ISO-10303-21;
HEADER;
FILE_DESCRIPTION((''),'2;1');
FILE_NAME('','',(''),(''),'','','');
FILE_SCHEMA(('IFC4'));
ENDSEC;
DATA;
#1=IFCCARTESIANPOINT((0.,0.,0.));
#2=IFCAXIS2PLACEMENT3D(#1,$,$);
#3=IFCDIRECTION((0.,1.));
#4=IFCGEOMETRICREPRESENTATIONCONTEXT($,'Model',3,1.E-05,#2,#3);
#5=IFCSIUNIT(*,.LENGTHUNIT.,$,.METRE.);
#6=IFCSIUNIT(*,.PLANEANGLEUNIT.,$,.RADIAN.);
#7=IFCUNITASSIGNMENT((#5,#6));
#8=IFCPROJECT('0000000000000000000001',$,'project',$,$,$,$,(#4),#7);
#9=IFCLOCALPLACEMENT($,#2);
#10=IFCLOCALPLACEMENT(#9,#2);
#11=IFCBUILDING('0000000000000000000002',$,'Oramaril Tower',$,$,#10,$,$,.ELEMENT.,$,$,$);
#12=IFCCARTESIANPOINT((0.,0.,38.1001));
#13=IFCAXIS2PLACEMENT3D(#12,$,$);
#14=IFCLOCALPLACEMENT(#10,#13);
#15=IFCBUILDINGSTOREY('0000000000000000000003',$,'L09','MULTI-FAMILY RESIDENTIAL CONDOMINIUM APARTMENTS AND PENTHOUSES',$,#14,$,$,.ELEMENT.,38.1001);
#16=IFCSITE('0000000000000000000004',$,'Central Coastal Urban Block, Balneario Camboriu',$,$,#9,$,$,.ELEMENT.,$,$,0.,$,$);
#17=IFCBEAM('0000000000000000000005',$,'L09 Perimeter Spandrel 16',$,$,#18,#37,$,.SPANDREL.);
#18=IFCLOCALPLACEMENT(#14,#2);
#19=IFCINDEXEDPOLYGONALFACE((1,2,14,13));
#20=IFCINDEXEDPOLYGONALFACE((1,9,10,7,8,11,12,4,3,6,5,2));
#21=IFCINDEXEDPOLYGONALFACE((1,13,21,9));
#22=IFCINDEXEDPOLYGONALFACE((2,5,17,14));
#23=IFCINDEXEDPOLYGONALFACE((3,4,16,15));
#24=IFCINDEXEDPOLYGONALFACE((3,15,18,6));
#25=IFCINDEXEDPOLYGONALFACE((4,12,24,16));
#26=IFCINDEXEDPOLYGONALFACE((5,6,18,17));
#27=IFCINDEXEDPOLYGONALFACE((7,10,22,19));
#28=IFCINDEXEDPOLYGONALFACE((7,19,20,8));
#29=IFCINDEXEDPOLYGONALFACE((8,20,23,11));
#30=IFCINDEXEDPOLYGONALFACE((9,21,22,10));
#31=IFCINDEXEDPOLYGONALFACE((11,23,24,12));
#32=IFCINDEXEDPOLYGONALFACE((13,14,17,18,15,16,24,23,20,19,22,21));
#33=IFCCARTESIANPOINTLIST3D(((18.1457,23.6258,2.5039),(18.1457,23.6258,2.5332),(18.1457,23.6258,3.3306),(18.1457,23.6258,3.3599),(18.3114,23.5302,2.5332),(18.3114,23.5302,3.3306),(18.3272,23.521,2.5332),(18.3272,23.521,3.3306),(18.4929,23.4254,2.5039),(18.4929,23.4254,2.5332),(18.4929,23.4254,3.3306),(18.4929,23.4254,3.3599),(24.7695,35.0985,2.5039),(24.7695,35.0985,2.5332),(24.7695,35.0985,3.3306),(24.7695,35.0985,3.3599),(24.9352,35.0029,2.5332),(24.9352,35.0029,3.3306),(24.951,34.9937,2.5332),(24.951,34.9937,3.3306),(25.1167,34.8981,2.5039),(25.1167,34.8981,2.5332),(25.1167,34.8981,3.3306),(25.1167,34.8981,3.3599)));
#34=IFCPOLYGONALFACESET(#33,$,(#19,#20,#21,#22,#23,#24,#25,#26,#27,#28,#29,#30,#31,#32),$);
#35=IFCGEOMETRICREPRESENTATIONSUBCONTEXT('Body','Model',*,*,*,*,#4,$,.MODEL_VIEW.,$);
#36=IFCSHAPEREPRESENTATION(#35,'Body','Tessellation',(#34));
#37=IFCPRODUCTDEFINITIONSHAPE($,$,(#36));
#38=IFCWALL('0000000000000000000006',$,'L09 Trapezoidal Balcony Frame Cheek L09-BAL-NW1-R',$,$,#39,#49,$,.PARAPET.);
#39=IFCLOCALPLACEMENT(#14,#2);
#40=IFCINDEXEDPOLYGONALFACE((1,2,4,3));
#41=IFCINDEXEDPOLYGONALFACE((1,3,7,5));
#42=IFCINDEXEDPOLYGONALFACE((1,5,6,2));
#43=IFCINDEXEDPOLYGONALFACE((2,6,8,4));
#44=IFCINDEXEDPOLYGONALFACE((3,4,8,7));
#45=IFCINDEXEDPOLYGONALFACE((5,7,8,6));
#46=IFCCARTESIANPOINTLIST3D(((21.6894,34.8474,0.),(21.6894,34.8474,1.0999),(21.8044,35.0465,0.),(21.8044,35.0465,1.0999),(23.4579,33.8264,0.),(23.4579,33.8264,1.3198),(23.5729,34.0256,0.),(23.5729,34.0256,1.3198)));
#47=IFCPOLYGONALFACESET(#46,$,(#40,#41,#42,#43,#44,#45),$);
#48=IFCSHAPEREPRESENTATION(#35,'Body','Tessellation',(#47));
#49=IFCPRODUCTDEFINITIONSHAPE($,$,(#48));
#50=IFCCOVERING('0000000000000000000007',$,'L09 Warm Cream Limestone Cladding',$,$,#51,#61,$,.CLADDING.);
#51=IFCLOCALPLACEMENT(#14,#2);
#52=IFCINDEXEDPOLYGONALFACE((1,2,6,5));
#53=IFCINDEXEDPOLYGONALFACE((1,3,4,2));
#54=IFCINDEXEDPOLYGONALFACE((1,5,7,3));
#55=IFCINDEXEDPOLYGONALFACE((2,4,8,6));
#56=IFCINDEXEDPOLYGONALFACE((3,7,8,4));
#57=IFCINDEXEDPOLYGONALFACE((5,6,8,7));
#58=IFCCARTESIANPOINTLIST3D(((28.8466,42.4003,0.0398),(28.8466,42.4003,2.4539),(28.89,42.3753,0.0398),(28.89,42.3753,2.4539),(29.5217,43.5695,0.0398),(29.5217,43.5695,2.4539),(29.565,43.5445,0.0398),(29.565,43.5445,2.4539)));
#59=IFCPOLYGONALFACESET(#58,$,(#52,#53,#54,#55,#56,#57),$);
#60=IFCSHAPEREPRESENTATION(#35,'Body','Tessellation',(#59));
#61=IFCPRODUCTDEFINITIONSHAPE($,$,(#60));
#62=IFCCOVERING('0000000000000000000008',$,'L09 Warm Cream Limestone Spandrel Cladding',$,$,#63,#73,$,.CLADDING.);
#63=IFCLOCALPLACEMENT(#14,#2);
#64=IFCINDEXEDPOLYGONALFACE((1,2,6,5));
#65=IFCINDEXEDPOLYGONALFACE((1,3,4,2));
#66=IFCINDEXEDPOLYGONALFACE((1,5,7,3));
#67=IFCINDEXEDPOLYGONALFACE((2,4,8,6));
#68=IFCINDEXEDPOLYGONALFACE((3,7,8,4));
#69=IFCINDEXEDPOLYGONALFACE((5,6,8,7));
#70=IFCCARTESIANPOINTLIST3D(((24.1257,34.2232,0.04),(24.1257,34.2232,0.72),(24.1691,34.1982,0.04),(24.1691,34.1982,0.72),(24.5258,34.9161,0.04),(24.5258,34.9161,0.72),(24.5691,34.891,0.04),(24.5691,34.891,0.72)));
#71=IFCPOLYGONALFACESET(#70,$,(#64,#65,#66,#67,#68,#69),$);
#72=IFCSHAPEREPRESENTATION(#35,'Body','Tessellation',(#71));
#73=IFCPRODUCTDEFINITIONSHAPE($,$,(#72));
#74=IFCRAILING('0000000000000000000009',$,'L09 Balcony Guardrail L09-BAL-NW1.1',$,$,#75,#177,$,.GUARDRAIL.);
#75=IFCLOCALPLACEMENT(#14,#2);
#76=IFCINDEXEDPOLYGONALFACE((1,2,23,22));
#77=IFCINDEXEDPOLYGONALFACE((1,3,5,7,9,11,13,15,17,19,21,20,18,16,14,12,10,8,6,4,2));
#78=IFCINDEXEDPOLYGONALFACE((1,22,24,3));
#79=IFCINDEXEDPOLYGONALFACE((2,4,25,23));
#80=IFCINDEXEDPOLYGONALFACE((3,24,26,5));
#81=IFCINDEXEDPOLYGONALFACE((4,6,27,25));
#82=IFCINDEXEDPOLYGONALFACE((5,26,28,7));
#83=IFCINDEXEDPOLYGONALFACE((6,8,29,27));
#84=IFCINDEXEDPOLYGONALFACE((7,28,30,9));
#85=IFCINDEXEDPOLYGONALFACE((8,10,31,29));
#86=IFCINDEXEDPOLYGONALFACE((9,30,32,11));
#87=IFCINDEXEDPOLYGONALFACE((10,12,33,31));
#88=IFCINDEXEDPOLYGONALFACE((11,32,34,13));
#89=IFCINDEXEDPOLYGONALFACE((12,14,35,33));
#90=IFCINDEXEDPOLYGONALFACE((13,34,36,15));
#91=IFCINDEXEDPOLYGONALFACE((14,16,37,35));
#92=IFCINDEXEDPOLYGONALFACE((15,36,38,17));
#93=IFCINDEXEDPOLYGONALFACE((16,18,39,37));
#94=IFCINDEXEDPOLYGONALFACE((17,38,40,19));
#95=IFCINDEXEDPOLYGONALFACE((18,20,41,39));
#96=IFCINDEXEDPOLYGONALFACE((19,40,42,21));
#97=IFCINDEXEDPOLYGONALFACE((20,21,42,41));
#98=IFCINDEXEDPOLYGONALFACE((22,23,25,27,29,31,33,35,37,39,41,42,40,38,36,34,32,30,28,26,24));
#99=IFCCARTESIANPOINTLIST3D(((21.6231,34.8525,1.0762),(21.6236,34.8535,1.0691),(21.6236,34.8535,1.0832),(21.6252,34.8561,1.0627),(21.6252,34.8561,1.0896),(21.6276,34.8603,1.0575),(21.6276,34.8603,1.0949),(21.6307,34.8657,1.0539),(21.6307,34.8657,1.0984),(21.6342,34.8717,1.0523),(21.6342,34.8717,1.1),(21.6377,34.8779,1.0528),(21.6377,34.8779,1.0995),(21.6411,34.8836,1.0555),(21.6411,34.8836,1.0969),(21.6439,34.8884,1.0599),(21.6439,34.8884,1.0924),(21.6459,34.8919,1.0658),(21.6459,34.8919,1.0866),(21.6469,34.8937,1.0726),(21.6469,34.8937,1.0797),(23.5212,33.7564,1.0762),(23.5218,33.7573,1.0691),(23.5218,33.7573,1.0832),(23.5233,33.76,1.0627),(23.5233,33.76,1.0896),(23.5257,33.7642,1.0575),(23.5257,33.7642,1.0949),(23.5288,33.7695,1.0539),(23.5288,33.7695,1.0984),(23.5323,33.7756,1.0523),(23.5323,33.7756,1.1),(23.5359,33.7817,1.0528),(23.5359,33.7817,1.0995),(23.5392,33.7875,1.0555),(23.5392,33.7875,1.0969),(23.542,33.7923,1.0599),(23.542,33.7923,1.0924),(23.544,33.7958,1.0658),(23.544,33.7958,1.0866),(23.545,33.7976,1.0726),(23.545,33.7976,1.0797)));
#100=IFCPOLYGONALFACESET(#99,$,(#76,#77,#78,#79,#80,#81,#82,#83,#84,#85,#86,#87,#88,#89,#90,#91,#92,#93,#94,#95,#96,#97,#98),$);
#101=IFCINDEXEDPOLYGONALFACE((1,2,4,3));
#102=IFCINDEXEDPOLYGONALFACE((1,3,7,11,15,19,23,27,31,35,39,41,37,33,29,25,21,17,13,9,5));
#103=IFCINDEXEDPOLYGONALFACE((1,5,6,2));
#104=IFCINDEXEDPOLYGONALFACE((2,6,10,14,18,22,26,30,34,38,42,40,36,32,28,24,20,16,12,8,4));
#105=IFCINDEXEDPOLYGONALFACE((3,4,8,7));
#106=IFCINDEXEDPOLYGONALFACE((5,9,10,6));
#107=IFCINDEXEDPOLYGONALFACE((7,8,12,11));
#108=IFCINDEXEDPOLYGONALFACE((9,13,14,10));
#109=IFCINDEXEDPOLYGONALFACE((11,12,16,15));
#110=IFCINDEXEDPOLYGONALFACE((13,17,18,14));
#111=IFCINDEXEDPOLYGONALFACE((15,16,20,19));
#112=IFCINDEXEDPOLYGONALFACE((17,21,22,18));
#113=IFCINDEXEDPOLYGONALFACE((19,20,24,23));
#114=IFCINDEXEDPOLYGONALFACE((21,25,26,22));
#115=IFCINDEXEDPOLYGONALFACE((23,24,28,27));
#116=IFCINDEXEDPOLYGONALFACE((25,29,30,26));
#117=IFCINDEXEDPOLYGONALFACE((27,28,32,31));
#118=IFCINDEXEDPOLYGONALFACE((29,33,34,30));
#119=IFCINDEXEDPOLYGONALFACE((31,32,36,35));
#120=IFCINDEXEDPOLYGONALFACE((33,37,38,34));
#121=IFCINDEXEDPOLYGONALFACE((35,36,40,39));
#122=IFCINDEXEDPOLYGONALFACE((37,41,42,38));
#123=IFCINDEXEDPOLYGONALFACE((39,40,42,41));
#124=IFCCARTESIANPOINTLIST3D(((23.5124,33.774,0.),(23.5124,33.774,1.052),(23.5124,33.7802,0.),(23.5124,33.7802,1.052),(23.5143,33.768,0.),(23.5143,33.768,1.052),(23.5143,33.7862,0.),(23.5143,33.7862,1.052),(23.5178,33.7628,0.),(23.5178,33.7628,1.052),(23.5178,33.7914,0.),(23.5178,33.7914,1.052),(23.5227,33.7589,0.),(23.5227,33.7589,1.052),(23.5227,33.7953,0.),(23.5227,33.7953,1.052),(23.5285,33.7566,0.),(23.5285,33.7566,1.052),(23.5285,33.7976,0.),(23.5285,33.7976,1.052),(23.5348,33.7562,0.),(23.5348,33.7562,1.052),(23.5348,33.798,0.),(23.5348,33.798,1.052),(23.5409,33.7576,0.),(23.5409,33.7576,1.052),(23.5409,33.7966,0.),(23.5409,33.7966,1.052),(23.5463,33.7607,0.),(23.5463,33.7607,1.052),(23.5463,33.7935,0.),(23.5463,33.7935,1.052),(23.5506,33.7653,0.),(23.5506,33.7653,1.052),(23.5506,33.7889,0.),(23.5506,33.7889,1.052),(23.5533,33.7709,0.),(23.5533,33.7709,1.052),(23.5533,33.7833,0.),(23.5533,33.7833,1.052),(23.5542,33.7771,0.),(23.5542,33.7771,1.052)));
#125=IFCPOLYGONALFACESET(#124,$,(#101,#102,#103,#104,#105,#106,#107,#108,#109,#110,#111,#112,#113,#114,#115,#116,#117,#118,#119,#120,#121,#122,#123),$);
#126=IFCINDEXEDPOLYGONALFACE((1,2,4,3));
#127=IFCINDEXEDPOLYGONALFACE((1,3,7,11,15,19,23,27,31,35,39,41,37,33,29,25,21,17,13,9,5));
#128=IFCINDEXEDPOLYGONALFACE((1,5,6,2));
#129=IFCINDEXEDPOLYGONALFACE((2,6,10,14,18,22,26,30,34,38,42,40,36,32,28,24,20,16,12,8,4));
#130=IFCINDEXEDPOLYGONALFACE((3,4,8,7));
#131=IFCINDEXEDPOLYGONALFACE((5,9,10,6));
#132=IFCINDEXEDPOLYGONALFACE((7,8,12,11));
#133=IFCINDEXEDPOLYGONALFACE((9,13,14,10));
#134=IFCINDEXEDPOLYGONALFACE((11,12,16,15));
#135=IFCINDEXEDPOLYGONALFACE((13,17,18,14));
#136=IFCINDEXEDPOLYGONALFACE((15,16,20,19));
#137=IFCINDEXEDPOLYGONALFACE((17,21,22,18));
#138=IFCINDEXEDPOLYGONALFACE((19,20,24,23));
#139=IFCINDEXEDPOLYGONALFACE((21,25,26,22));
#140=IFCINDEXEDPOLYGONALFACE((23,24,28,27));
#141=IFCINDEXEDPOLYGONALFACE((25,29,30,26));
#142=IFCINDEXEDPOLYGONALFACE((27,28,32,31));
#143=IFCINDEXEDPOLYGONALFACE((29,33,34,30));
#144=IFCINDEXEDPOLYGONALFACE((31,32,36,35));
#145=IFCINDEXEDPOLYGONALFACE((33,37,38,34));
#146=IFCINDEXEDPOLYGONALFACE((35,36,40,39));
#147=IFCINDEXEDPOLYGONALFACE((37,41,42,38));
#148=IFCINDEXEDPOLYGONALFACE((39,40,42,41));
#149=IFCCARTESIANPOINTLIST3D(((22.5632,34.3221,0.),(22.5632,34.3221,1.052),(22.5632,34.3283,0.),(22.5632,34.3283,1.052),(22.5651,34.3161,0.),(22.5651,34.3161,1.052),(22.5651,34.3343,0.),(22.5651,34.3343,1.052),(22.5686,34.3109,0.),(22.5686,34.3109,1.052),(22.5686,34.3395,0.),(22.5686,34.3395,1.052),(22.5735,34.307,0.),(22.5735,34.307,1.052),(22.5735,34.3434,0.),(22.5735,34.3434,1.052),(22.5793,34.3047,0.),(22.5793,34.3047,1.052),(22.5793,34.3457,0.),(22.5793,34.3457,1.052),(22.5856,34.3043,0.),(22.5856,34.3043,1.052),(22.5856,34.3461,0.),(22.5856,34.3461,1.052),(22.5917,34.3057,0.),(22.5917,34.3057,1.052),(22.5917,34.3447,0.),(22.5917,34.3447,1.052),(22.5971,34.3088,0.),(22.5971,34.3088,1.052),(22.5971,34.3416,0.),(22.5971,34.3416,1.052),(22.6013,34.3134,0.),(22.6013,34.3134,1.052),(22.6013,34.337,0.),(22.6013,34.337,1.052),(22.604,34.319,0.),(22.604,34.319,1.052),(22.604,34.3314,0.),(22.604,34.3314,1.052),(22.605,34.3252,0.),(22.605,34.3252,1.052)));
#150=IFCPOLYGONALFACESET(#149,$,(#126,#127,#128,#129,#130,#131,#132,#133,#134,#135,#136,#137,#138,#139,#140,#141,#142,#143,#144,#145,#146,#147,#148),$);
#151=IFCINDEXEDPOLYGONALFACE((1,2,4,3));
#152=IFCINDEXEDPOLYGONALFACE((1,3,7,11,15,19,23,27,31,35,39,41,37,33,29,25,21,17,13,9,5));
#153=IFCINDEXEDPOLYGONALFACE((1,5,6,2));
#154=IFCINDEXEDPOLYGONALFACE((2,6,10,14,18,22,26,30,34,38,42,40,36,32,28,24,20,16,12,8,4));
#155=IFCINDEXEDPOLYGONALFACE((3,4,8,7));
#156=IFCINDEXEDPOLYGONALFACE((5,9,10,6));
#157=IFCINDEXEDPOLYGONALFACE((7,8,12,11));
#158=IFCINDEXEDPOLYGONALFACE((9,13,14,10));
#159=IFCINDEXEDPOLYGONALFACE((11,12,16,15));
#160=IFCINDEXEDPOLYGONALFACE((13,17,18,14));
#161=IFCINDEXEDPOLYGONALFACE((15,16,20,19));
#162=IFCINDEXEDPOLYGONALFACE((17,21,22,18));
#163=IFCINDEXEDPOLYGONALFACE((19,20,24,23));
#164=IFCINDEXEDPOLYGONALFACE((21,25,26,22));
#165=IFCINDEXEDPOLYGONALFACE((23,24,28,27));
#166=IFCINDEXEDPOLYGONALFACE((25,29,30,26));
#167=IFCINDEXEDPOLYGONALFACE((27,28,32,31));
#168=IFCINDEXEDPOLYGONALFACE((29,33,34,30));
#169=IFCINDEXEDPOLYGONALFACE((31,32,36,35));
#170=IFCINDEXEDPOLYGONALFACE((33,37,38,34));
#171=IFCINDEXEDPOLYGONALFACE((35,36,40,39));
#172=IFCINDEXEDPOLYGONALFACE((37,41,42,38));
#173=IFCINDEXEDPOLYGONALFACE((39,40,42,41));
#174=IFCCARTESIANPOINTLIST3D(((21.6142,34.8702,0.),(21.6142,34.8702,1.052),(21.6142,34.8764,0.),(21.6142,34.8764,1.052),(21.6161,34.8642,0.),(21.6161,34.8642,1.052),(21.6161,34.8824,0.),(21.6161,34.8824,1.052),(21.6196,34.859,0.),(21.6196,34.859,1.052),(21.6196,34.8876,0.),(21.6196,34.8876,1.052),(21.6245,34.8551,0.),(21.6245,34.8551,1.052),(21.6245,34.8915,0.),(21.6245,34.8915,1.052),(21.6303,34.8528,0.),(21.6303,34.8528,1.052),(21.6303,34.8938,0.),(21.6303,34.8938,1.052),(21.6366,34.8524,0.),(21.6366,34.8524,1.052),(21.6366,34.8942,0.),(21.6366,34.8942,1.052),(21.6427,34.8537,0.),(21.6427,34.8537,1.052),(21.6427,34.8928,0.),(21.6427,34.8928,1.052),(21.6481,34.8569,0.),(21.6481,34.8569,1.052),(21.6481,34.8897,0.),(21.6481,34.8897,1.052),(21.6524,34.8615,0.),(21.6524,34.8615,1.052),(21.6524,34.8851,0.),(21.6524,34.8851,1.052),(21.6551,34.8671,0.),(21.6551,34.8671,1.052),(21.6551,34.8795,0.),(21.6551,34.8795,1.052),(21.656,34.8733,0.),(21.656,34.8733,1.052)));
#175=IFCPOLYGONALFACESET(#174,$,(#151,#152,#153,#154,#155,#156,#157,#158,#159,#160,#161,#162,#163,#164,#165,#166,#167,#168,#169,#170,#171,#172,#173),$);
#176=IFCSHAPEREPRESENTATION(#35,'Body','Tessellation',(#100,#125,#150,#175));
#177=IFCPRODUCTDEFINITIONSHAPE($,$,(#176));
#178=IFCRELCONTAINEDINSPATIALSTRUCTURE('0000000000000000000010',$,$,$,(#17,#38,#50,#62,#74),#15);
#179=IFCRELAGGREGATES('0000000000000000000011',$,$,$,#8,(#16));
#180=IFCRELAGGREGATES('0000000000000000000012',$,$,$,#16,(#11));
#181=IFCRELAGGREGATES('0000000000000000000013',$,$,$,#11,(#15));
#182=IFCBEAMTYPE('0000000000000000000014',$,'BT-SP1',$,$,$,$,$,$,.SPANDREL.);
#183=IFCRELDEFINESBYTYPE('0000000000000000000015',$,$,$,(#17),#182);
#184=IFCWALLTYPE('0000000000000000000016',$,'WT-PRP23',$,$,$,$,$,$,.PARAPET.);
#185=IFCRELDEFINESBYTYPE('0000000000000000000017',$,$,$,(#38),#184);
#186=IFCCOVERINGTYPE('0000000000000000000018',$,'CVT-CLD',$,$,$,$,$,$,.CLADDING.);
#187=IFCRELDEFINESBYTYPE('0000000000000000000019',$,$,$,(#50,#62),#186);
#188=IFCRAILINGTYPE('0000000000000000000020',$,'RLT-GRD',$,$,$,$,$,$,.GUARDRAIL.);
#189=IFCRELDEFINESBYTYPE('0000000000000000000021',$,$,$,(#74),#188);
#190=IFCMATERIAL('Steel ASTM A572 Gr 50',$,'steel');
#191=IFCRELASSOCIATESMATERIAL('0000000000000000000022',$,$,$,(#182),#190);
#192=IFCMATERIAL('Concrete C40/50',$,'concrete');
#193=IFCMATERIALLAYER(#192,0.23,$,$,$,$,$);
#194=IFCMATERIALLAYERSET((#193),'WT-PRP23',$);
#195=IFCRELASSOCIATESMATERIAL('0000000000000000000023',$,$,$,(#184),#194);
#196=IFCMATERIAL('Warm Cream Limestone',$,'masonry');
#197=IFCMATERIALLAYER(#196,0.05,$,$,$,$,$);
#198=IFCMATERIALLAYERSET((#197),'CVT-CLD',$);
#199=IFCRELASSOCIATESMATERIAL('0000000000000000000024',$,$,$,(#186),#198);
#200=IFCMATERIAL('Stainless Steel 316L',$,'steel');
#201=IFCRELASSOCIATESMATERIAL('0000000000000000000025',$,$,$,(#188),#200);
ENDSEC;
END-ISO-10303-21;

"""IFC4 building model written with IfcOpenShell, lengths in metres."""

from ifc_helpers import new_model, si_unit, direction, frame, origin, origin_2d, place, context, subcontext, project, spatial, polyline, rectangle, circle, i_section, outline, extrude, material, layer, layer_set, material_profile, profile_set, type_object, element, save


model = new_model("IFC4")

# Units and contexts
model_context = context("Model", 3, precision=1e-05, world=origin(), true_north=direction((0.0, 1.0)))
body_context = subcontext(model_context, "Body", "Model", "MODEL_VIEW")
ifc_project = project(units=[si_unit("LENGTHUNIT", "METRE"), si_unit("PLANEANGLEUNIT", "RADIAN")], contexts=[model_context])

# Site, building, storey
site_placement = place(None, origin())
site = spatial("IfcSite", under=ifc_project, at=site_placement, Name="Central Coastal Urban Block, Balneario Camboriu", CompositionType="ELEMENT", RefElevation=0.0)
building_placement = place(site_placement, origin())
building = spatial("IfcBuilding", under=site, at=building_placement, Name="Oramaril Tower", CompositionType="ELEMENT")
storey_placement = place(building_placement, frame((0.0, 0.0, 38.1001)))
storey = spatial("IfcBuildingStorey", under=building, at=storey_placement, Name="L09", Description="MULTI-FAMILY RESIDENTIAL CONDOMINIUM APARTMENTS AND PENTHOUSES", CompositionType="ELEMENT", Elevation=38.1001)

# Beam
ifc_material_1 = material(Name="Steel ASTM A572 Gr 50", Category="steel")
ifc_material_profile_1 = material_profile(ifc_material_1, i_section(OverallWidth=0.4009, OverallDepth=0.856, WebThickness=0.0183, FlangeThickness=0.0293, at=origin_2d()), Name="W33X201")
ifc_profile_set_1 = profile_set([ifc_material_profile_1], Name="Steel ASTM A572 Gr 50")
beam_type_1 = type_object("IfcBeamType", Name="BT-SP1", PredefinedType="SPANDREL", material=ifc_profile_set_1)
beam_1_placement = place(storey_placement, frame((24.9431, 34.9983, 2.9319), z_axis=(-0.500002, -0.866024, 0.0), x_axis=(0.866024, -0.500002, 0.0)))
element("IfcBeam", 1, at=beam_1_placement, inside=storey, type_object=beam_type_1, Name="L09 Perimeter Spandrel 16", PredefinedType="SPANDREL", context=body_context, shape_type="SweptSolid", body=[
    extrude(i_section(OverallWidth=0.4009, OverallDepth=0.856, WebThickness=0.0183, FlangeThickness=0.0293, at=origin_2d()), origin(), (0.0, 0.0, 1.0), 13.2476),
])

# Wall
ifc_material_2 = material(Name="Concrete C40/50", Category="concrete")
ifc_layer_1 = layer(ifc_material_2, 0.23)
ifc_layer_set_1 = layer_set([ifc_layer_1], Name="WT-PRP23")
wall_type_1 = type_object("IfcWallType", Name="WT-PRP23", PredefinedType="PARAPET", material=ifc_layer_set_1)
wall_1_placement = place(storey_placement, frame((23.5154, 33.926, 0.0), z_axis=(0.0, 0.0, 1.0), x_axis=(-0.866042, 0.499971, 0.0)))
element("IfcWall", 2, at=wall_1_placement, inside=storey, type_object=wall_type_1, Name="L09 Trapezoidal Balcony Frame Cheek L09-BAL-NW1-R", PredefinedType="PARAPET", context=body_context, shape_type="SweptSolid", body=[
    extrude(outline(polyline([(0.0, 0.0), (2.042, 0.0), (2.042, 1.0999), (0.0, 1.3198), (0.0, 0.0)])), frame((0.0, 0.115, 0.0), z_axis=(0.0, -1.0, 0.0), x_axis=(1.0, 0.0, 0.0)), (0.0, 0.0, 1.0), 0.23),
])

# Coverings
ifc_material_3 = material(Name="Warm Cream Limestone", Category="masonry")
ifc_layer_2 = layer(ifc_material_3, 0.05)
ifc_layer_set_2 = layer_set([ifc_layer_2], Name="CVT-CLD")
covering_type = type_object("IfcCoveringType", Name="CVT-CLD", PredefinedType="CLADDING", material=ifc_layer_set_2)
covering_1_placement = place(storey_placement, frame((29.2058, 42.9724, 0.0398), z_axis=(0.0, 0.0, 1.0), x_axis=(-0.499998, -0.866026, 0.0)))
element("IfcCovering", 3, at=covering_1_placement, inside=storey, type_object=covering_type, Name="L09 Warm Cream Limestone Cladding", PredefinedType="CLADDING", context=body_context, shape_type="SweptSolid", body=[
    extrude(rectangle(XDim=1.3501, YDim=0.05, at=origin_2d()), origin(), (0.0, 0.0, 1.0), 2.4141),
])
covering_2_placement = place(storey_placement, frame((24.3474, 34.5571, 0.04), z_axis=(0.0, 0.0, 1.0), x_axis=(-0.499998, -0.866026, 0.0)))
element("IfcCovering", 4, at=covering_2_placement, inside=storey, type_object=covering_type, Name="L09 Warm Cream Limestone Spandrel Cladding", PredefinedType="CLADDING", context=body_context, shape_type="SweptSolid", body=[
    extrude(rectangle(XDim=0.8, YDim=0.05, at=origin_2d()), origin(), (0.0, 0.0, 1.0), 0.6799),
])

# Railing
ifc_material_4 = material(Name="Stainless Steel 316L", Category="steel")
railing_type = type_object("IfcRailingType", Name="RLT-GRD", PredefinedType="GUARDRAIL", material=ifc_material_4)
railing_1_placement = place(storey_placement, frame((23.5332, 33.7771, 0.0)))
element("IfcRailing", 5, at=railing_1_placement, inside=storey, type_object=railing_type, Name="L09 Balcony Guardrail L09-BAL-NW1.1", PredefinedType="GUARDRAIL", context=body_context, shape_type="SweptSolid", body=[
    extrude(circle(Radius=0.0239, at=origin_2d()), frame((0.0, 0.0, 1.0762), z_axis=(-0.865972, 0.500092, 0.0), x_axis=(-0.500092, -0.865972, 0.0)), (0.0, 0.0, 1.0), 2.1919),
    extrude(circle(Radius=0.021, at=origin_2d()), origin(), (0.0, 0.0, 1.0), 1.052),
    extrude(circle(Radius=0.021, at=origin_2d()), frame((-0.9492, 0.5481, 0.0)), (0.0, 0.0, 1.0), 1.052),
    extrude(circle(Radius=0.021, at=origin_2d()), frame((-1.8982, 1.0962, 0.0)), (0.0, 0.0, 1.0), 1.052),
])

save(model, "model.ifc")
